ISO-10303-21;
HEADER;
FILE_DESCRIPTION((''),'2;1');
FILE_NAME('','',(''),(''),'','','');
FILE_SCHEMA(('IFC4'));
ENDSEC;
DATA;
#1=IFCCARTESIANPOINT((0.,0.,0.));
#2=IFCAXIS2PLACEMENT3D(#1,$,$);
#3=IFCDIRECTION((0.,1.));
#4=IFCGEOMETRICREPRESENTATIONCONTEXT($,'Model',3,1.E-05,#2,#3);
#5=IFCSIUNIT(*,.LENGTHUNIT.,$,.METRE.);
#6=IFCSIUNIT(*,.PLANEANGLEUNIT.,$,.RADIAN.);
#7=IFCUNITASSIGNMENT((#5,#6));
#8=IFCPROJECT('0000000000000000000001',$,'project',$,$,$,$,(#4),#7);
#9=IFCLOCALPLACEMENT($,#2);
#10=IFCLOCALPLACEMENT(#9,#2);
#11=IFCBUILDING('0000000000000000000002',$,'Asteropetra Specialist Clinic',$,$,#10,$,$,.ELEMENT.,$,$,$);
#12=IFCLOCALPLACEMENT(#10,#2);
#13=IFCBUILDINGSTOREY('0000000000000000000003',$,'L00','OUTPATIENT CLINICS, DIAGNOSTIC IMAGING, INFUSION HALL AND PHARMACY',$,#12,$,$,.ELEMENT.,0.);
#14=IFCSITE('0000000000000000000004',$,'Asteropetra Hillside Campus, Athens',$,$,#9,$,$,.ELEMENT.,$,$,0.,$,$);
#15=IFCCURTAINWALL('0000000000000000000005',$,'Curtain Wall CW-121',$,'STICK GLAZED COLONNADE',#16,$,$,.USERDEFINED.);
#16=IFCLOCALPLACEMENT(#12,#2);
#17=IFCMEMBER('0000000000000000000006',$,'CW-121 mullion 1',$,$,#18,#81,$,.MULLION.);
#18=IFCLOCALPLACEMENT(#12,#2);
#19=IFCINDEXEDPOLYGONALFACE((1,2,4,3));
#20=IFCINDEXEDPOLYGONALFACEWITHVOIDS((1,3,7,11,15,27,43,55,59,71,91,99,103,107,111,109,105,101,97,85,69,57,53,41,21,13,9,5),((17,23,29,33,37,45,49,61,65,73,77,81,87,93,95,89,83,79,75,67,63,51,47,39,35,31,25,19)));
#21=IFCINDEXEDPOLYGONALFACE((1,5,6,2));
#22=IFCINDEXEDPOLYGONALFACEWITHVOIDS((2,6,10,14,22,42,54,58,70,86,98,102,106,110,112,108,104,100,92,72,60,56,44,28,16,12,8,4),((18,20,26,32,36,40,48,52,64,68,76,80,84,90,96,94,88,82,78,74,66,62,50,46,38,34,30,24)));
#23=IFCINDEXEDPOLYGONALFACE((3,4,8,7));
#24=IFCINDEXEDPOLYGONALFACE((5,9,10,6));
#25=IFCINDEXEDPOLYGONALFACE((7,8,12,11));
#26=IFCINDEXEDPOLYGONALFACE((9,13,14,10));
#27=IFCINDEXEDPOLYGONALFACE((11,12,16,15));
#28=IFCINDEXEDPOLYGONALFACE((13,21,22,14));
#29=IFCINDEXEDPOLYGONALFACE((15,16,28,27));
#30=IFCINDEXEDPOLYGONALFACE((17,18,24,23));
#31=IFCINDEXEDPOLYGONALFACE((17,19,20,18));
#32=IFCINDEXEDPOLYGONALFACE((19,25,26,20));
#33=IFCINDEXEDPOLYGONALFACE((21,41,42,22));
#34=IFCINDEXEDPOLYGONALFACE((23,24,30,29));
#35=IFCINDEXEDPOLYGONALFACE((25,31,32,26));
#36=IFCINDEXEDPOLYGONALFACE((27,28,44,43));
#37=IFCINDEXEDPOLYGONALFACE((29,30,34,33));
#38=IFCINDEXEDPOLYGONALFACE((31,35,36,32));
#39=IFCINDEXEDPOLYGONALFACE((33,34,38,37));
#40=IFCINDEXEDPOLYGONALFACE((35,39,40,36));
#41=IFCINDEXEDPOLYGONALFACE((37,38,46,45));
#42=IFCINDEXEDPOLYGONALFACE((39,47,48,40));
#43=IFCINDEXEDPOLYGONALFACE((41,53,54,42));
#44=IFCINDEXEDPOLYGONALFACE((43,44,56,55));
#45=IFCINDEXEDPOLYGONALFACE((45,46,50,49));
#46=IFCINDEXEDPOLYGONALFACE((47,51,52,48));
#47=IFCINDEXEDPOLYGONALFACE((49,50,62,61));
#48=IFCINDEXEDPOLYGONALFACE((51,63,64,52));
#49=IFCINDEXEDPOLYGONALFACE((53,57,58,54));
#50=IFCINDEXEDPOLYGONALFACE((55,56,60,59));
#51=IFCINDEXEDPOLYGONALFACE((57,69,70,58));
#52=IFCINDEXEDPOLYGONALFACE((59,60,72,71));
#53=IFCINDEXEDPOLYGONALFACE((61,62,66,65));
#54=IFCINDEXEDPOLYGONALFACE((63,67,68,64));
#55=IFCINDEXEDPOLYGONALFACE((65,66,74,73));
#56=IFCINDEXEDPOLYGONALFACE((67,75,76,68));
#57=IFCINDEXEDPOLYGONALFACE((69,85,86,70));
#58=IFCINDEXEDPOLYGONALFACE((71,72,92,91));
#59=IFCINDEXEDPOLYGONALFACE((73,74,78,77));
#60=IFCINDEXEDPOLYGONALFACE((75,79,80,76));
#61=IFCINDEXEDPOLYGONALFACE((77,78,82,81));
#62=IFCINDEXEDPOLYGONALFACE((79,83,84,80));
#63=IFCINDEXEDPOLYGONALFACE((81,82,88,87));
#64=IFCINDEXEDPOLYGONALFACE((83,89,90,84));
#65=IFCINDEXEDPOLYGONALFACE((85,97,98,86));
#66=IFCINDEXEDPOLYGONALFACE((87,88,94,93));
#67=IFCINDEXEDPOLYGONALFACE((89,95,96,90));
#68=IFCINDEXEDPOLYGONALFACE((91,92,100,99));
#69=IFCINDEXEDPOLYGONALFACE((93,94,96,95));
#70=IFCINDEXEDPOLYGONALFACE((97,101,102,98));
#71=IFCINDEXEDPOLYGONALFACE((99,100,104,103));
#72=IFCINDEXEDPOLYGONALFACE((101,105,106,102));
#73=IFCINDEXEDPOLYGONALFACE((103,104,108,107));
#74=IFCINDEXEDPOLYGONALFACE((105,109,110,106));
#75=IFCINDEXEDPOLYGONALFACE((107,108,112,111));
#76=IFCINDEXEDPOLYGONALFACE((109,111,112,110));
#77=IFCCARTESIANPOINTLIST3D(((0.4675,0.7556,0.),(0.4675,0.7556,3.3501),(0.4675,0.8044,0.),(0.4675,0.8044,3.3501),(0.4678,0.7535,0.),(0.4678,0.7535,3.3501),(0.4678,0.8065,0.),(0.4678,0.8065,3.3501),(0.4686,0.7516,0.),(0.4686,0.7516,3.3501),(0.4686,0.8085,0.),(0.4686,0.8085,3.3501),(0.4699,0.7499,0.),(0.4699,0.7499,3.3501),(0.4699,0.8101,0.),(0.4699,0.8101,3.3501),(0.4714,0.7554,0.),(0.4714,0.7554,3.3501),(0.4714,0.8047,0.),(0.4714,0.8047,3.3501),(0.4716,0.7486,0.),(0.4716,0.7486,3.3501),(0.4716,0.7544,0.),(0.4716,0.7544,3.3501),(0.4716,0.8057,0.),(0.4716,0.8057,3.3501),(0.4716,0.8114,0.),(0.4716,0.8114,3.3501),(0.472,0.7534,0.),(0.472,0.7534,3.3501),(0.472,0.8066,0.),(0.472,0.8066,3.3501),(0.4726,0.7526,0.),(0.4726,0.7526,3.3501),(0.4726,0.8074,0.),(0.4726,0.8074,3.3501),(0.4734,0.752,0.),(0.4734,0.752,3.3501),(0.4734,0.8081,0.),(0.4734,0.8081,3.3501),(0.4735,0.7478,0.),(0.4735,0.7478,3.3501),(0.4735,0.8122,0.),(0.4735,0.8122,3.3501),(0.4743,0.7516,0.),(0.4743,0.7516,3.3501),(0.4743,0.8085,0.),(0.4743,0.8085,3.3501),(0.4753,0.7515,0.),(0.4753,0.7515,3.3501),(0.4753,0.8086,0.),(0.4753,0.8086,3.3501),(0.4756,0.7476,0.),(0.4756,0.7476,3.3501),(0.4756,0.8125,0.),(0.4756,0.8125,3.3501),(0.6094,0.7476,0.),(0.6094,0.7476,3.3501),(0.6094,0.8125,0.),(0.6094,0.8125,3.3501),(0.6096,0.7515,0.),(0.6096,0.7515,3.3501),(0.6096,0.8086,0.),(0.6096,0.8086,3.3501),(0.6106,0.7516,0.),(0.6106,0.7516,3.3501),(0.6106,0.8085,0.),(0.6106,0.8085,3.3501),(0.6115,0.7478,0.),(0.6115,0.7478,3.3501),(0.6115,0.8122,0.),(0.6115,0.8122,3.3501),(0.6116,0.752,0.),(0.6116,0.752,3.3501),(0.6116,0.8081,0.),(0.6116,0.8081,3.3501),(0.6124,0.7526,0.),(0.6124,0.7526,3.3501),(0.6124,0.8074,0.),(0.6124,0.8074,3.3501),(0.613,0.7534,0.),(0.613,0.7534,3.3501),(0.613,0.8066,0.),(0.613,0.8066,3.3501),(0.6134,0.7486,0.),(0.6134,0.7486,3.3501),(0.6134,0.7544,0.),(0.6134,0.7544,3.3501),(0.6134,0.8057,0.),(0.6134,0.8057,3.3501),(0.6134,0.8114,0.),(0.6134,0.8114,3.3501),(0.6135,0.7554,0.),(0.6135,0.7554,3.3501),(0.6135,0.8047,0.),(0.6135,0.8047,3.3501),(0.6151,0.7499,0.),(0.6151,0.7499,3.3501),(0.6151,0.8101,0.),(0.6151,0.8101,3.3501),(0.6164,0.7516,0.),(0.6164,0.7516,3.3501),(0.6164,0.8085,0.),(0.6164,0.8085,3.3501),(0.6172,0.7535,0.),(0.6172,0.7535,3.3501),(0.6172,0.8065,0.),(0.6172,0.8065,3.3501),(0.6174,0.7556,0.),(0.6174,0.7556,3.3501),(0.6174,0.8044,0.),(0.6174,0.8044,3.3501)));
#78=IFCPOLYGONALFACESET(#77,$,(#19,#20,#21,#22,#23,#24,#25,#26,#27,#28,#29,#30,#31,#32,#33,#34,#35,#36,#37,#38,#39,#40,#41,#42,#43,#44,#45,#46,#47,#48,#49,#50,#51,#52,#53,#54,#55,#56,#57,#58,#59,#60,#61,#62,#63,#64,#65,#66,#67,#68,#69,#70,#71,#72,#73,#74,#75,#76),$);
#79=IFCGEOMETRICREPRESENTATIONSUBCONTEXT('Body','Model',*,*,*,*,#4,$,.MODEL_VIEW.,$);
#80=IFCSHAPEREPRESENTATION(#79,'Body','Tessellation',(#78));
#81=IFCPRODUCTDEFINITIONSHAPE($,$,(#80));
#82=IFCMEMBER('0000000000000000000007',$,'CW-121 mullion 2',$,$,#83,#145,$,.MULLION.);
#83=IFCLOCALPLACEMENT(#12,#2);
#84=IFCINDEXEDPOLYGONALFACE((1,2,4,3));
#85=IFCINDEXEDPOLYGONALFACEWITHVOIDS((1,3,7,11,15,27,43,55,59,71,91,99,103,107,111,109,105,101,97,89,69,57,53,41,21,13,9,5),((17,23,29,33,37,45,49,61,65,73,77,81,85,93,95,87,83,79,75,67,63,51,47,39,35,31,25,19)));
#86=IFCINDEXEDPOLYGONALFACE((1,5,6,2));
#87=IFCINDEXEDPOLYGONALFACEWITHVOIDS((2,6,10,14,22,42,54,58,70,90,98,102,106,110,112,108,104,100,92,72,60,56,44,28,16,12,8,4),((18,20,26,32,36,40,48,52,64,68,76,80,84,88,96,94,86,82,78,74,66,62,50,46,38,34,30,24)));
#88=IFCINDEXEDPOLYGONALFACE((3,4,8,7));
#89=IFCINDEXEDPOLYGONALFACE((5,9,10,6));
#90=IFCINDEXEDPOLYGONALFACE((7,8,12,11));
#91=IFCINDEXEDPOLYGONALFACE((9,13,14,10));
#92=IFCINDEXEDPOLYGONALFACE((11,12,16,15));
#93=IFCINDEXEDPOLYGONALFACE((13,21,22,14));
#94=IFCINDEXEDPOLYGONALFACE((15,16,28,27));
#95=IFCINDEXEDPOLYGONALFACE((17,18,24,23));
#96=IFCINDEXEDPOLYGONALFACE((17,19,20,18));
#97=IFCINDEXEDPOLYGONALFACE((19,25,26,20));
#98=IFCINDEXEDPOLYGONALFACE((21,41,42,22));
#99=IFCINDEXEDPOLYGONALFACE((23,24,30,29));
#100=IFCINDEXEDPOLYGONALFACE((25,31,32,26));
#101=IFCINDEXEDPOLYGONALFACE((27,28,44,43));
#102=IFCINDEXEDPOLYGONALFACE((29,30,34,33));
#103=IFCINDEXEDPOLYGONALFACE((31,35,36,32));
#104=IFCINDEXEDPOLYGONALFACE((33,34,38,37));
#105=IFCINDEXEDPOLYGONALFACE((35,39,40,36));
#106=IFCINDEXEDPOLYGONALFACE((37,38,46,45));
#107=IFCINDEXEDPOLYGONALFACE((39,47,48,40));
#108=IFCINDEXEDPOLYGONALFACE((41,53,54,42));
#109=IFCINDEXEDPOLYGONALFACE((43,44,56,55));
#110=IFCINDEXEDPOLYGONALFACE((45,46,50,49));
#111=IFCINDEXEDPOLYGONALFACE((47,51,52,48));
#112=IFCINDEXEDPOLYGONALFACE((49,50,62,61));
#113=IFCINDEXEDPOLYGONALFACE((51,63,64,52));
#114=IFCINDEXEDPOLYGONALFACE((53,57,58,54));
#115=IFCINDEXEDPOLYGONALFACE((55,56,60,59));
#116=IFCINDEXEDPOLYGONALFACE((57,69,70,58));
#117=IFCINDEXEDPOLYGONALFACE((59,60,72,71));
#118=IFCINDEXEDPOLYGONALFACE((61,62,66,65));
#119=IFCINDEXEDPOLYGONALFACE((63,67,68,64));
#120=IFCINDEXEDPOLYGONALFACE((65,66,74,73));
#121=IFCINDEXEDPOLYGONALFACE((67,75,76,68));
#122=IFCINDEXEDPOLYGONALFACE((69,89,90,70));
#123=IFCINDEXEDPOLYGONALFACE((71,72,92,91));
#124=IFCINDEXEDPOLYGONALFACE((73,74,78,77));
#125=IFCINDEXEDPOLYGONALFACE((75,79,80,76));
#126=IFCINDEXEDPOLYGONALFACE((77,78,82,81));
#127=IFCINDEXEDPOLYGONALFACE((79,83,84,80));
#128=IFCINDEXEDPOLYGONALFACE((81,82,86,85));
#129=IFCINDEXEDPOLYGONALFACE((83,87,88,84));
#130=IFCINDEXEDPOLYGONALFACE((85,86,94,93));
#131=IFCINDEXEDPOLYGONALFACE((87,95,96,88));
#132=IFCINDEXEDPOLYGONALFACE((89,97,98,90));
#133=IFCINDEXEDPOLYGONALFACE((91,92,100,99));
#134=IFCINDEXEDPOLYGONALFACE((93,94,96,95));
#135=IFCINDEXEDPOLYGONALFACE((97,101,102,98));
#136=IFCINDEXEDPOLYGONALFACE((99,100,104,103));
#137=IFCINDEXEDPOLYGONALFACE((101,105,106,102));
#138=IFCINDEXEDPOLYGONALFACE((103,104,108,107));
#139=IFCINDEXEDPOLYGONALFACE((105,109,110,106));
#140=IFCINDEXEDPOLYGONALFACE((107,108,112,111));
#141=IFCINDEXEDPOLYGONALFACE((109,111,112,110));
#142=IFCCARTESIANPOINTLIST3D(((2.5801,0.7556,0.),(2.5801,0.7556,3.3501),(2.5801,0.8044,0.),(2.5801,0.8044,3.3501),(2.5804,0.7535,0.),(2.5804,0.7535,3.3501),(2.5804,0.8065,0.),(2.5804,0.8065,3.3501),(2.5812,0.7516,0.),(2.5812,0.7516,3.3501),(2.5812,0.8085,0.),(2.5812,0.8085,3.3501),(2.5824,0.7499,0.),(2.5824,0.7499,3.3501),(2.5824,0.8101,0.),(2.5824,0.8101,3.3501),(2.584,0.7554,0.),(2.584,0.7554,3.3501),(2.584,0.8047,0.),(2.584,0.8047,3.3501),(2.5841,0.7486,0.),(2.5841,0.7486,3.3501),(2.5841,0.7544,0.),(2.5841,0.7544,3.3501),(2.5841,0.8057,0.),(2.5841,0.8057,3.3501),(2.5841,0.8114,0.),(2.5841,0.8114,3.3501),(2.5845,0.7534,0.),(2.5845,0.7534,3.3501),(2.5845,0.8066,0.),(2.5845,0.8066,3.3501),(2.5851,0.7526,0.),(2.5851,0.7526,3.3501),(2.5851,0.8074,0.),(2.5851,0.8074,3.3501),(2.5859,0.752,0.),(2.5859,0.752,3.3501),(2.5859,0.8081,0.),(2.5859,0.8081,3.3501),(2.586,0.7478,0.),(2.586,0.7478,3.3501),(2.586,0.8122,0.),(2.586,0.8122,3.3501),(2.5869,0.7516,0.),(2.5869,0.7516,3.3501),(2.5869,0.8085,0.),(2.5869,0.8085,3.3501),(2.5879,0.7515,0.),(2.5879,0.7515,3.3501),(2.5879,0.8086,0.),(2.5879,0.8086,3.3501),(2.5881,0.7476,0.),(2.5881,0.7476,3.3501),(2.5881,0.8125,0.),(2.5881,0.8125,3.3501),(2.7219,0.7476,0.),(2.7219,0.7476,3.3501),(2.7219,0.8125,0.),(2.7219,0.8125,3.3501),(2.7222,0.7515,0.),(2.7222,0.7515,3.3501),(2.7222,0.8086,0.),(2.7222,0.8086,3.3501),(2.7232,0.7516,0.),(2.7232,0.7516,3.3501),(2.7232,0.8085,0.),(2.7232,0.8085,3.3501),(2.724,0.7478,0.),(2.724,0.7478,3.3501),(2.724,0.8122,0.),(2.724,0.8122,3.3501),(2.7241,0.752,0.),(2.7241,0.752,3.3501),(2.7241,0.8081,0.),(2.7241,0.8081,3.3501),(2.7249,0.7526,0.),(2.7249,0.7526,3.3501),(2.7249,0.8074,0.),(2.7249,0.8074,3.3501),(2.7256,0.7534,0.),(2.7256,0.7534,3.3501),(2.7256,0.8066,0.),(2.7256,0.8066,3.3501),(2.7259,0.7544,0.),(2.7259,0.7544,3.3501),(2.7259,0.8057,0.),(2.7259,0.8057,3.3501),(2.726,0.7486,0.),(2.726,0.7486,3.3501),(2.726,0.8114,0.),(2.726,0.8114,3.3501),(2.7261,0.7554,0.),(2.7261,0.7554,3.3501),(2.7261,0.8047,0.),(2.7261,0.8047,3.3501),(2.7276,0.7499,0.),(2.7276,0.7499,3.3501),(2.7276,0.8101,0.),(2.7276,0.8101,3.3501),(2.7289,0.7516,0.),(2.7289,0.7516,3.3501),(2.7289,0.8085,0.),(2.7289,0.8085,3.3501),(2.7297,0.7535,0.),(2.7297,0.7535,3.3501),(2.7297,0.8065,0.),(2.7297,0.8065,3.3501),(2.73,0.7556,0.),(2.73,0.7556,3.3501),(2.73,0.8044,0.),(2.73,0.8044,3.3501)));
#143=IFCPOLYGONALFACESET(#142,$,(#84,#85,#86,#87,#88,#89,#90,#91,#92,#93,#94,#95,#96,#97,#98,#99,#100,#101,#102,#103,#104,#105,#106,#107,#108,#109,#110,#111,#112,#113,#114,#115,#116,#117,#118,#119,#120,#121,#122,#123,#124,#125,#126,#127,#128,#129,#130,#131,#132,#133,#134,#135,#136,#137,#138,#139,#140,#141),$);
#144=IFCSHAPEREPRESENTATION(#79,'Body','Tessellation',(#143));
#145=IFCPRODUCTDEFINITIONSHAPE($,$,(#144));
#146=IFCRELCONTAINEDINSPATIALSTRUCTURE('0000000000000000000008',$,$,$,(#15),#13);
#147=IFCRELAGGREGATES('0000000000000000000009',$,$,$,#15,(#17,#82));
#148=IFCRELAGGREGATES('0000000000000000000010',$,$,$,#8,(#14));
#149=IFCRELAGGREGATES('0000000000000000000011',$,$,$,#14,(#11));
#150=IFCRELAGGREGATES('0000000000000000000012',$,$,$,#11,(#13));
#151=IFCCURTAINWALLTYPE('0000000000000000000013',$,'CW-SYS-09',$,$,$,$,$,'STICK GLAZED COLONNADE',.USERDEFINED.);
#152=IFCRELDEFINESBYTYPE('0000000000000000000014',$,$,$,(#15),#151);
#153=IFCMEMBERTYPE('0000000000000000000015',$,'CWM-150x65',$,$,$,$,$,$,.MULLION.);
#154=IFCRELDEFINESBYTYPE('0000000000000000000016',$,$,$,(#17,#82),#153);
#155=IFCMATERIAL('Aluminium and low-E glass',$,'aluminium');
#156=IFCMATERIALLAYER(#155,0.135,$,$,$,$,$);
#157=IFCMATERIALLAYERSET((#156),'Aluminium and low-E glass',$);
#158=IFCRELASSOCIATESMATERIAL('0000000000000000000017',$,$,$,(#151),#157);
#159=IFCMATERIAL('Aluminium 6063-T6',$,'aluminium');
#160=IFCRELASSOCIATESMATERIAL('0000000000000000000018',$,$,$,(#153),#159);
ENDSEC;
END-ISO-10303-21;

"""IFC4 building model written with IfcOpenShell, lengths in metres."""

from ifc_helpers import new_model, si_unit, direction, frame, origin, origin_2d, place, context, subcontext, project, spatial, hollow_rectangle, extrude, material, layer, layer_set, material_profile, profile_set, type_object, element, aggregate, save


model = new_model("IFC4")

# Units and contexts
model_context = context("Model", 3, precision=1e-05, world=origin(), true_north=direction((0.0, 1.0)))
body_context = subcontext(model_context, "Body", "Model", "MODEL_VIEW")
ifc_project = project(units=[si_unit("LENGTHUNIT", "METRE"), si_unit("PLANEANGLEUNIT", "RADIAN")], contexts=[model_context])

# Site, building, storey
site_placement = place(None, origin())
site = spatial("IfcSite", under=ifc_project, at=site_placement, Name="Asteropetra Hillside Campus, Athens", CompositionType="ELEMENT", RefElevation=0.0)
building_placement = place(site_placement, origin())
building = spatial("IfcBuilding", under=site, at=building_placement, Name="Asteropetra Specialist Clinic", CompositionType="ELEMENT")
storey_placement = place(building_placement, origin())
storey = spatial("IfcBuildingStorey", under=building, at=storey_placement, Name="L00", Description="OUTPATIENT CLINICS, DIAGNOSTIC IMAGING, INFUSION HALL AND PHARMACY", CompositionType="ELEMENT", Elevation=0.0)

# Curtain wall, members
ifc_material_1 = material(Name="Aluminium and low-E glass", Category="aluminium")
ifc_layer_1 = layer(ifc_material_1, 0.135)
ifc_layer_set_1 = layer_set([ifc_layer_1], Name="Aluminium and low-E glass")
curtain_wall_type = type_object("IfcCurtainWallType", Name="CW-SYS-09", ElementType="STICK GLAZED COLONNADE", PredefinedType="USERDEFINED", material=ifc_layer_set_1)
curtain_wall_placement = place(storey_placement, origin())
curtain_wall = element("IfcCurtainWall", 1, at=curtain_wall_placement, inside=storey, type_object=curtain_wall_type, Name="Curtain Wall CW-121", ObjectType="STICK GLAZED COLONNADE", PredefinedType="USERDEFINED")
ifc_material_2 = material(Name="Aluminium 6063-T6", Category="aluminium")
ifc_material_profile_1 = material_profile(ifc_material_2, hollow_rectangle(XDim=0.0649, YDim=0.1499, WallThickness=0.0039, InnerFilletRadius=0.0039, OuterFilletRadius=0.0081, at=origin_2d()), Name="MUL 150x65x4.0")
ifc_profile_set_1 = profile_set([ifc_material_profile_1], Name="Aluminium 6063-T6")
member_type_1 = type_object("IfcMemberType", Name="CWM-150x65", PredefinedType="MULLION", material=ifc_profile_set_1)
member_1_placement = place(storey_placement, frame((0.5425, 0.78, 0.0), z_axis=(0.0, 0.0, 1.0), x_axis=(0.0, 1.0, 0.0)))
member_1 = element("IfcMember", 2, at=member_1_placement, type_object=member_type_1, Name="CW-121 mullion 1", PredefinedType="MULLION", context=body_context, shape_type="SweptSolid", body=[
    extrude(hollow_rectangle(XDim=0.0649, YDim=0.1499, WallThickness=0.0039, InnerFilletRadius=0.0039, OuterFilletRadius=0.0081, at=origin_2d()), origin(), (0.0, 0.0, 1.0), 3.3501),
])
member_2_placement = place(storey_placement, frame((2.655, 0.78, 0.0), z_axis=(0.0, 0.0, 1.0), x_axis=(0.0, 1.0, 0.0)))
member_2 = element("IfcMember", 3, at=member_2_placement, type_object=member_type_1, Name="CW-121 mullion 2", PredefinedType="MULLION", context=body_context, shape_type="SweptSolid", body=[
    extrude(hollow_rectangle(XDim=0.0649, YDim=0.1499, WallThickness=0.0039, InnerFilletRadius=0.0039, OuterFilletRadius=0.0081, at=origin_2d()), origin(), (0.0, 0.0, 1.0), 3.3501),
])

aggregate(curtain_wall, [member_1, member_2])

save(model, "model.ifc")
